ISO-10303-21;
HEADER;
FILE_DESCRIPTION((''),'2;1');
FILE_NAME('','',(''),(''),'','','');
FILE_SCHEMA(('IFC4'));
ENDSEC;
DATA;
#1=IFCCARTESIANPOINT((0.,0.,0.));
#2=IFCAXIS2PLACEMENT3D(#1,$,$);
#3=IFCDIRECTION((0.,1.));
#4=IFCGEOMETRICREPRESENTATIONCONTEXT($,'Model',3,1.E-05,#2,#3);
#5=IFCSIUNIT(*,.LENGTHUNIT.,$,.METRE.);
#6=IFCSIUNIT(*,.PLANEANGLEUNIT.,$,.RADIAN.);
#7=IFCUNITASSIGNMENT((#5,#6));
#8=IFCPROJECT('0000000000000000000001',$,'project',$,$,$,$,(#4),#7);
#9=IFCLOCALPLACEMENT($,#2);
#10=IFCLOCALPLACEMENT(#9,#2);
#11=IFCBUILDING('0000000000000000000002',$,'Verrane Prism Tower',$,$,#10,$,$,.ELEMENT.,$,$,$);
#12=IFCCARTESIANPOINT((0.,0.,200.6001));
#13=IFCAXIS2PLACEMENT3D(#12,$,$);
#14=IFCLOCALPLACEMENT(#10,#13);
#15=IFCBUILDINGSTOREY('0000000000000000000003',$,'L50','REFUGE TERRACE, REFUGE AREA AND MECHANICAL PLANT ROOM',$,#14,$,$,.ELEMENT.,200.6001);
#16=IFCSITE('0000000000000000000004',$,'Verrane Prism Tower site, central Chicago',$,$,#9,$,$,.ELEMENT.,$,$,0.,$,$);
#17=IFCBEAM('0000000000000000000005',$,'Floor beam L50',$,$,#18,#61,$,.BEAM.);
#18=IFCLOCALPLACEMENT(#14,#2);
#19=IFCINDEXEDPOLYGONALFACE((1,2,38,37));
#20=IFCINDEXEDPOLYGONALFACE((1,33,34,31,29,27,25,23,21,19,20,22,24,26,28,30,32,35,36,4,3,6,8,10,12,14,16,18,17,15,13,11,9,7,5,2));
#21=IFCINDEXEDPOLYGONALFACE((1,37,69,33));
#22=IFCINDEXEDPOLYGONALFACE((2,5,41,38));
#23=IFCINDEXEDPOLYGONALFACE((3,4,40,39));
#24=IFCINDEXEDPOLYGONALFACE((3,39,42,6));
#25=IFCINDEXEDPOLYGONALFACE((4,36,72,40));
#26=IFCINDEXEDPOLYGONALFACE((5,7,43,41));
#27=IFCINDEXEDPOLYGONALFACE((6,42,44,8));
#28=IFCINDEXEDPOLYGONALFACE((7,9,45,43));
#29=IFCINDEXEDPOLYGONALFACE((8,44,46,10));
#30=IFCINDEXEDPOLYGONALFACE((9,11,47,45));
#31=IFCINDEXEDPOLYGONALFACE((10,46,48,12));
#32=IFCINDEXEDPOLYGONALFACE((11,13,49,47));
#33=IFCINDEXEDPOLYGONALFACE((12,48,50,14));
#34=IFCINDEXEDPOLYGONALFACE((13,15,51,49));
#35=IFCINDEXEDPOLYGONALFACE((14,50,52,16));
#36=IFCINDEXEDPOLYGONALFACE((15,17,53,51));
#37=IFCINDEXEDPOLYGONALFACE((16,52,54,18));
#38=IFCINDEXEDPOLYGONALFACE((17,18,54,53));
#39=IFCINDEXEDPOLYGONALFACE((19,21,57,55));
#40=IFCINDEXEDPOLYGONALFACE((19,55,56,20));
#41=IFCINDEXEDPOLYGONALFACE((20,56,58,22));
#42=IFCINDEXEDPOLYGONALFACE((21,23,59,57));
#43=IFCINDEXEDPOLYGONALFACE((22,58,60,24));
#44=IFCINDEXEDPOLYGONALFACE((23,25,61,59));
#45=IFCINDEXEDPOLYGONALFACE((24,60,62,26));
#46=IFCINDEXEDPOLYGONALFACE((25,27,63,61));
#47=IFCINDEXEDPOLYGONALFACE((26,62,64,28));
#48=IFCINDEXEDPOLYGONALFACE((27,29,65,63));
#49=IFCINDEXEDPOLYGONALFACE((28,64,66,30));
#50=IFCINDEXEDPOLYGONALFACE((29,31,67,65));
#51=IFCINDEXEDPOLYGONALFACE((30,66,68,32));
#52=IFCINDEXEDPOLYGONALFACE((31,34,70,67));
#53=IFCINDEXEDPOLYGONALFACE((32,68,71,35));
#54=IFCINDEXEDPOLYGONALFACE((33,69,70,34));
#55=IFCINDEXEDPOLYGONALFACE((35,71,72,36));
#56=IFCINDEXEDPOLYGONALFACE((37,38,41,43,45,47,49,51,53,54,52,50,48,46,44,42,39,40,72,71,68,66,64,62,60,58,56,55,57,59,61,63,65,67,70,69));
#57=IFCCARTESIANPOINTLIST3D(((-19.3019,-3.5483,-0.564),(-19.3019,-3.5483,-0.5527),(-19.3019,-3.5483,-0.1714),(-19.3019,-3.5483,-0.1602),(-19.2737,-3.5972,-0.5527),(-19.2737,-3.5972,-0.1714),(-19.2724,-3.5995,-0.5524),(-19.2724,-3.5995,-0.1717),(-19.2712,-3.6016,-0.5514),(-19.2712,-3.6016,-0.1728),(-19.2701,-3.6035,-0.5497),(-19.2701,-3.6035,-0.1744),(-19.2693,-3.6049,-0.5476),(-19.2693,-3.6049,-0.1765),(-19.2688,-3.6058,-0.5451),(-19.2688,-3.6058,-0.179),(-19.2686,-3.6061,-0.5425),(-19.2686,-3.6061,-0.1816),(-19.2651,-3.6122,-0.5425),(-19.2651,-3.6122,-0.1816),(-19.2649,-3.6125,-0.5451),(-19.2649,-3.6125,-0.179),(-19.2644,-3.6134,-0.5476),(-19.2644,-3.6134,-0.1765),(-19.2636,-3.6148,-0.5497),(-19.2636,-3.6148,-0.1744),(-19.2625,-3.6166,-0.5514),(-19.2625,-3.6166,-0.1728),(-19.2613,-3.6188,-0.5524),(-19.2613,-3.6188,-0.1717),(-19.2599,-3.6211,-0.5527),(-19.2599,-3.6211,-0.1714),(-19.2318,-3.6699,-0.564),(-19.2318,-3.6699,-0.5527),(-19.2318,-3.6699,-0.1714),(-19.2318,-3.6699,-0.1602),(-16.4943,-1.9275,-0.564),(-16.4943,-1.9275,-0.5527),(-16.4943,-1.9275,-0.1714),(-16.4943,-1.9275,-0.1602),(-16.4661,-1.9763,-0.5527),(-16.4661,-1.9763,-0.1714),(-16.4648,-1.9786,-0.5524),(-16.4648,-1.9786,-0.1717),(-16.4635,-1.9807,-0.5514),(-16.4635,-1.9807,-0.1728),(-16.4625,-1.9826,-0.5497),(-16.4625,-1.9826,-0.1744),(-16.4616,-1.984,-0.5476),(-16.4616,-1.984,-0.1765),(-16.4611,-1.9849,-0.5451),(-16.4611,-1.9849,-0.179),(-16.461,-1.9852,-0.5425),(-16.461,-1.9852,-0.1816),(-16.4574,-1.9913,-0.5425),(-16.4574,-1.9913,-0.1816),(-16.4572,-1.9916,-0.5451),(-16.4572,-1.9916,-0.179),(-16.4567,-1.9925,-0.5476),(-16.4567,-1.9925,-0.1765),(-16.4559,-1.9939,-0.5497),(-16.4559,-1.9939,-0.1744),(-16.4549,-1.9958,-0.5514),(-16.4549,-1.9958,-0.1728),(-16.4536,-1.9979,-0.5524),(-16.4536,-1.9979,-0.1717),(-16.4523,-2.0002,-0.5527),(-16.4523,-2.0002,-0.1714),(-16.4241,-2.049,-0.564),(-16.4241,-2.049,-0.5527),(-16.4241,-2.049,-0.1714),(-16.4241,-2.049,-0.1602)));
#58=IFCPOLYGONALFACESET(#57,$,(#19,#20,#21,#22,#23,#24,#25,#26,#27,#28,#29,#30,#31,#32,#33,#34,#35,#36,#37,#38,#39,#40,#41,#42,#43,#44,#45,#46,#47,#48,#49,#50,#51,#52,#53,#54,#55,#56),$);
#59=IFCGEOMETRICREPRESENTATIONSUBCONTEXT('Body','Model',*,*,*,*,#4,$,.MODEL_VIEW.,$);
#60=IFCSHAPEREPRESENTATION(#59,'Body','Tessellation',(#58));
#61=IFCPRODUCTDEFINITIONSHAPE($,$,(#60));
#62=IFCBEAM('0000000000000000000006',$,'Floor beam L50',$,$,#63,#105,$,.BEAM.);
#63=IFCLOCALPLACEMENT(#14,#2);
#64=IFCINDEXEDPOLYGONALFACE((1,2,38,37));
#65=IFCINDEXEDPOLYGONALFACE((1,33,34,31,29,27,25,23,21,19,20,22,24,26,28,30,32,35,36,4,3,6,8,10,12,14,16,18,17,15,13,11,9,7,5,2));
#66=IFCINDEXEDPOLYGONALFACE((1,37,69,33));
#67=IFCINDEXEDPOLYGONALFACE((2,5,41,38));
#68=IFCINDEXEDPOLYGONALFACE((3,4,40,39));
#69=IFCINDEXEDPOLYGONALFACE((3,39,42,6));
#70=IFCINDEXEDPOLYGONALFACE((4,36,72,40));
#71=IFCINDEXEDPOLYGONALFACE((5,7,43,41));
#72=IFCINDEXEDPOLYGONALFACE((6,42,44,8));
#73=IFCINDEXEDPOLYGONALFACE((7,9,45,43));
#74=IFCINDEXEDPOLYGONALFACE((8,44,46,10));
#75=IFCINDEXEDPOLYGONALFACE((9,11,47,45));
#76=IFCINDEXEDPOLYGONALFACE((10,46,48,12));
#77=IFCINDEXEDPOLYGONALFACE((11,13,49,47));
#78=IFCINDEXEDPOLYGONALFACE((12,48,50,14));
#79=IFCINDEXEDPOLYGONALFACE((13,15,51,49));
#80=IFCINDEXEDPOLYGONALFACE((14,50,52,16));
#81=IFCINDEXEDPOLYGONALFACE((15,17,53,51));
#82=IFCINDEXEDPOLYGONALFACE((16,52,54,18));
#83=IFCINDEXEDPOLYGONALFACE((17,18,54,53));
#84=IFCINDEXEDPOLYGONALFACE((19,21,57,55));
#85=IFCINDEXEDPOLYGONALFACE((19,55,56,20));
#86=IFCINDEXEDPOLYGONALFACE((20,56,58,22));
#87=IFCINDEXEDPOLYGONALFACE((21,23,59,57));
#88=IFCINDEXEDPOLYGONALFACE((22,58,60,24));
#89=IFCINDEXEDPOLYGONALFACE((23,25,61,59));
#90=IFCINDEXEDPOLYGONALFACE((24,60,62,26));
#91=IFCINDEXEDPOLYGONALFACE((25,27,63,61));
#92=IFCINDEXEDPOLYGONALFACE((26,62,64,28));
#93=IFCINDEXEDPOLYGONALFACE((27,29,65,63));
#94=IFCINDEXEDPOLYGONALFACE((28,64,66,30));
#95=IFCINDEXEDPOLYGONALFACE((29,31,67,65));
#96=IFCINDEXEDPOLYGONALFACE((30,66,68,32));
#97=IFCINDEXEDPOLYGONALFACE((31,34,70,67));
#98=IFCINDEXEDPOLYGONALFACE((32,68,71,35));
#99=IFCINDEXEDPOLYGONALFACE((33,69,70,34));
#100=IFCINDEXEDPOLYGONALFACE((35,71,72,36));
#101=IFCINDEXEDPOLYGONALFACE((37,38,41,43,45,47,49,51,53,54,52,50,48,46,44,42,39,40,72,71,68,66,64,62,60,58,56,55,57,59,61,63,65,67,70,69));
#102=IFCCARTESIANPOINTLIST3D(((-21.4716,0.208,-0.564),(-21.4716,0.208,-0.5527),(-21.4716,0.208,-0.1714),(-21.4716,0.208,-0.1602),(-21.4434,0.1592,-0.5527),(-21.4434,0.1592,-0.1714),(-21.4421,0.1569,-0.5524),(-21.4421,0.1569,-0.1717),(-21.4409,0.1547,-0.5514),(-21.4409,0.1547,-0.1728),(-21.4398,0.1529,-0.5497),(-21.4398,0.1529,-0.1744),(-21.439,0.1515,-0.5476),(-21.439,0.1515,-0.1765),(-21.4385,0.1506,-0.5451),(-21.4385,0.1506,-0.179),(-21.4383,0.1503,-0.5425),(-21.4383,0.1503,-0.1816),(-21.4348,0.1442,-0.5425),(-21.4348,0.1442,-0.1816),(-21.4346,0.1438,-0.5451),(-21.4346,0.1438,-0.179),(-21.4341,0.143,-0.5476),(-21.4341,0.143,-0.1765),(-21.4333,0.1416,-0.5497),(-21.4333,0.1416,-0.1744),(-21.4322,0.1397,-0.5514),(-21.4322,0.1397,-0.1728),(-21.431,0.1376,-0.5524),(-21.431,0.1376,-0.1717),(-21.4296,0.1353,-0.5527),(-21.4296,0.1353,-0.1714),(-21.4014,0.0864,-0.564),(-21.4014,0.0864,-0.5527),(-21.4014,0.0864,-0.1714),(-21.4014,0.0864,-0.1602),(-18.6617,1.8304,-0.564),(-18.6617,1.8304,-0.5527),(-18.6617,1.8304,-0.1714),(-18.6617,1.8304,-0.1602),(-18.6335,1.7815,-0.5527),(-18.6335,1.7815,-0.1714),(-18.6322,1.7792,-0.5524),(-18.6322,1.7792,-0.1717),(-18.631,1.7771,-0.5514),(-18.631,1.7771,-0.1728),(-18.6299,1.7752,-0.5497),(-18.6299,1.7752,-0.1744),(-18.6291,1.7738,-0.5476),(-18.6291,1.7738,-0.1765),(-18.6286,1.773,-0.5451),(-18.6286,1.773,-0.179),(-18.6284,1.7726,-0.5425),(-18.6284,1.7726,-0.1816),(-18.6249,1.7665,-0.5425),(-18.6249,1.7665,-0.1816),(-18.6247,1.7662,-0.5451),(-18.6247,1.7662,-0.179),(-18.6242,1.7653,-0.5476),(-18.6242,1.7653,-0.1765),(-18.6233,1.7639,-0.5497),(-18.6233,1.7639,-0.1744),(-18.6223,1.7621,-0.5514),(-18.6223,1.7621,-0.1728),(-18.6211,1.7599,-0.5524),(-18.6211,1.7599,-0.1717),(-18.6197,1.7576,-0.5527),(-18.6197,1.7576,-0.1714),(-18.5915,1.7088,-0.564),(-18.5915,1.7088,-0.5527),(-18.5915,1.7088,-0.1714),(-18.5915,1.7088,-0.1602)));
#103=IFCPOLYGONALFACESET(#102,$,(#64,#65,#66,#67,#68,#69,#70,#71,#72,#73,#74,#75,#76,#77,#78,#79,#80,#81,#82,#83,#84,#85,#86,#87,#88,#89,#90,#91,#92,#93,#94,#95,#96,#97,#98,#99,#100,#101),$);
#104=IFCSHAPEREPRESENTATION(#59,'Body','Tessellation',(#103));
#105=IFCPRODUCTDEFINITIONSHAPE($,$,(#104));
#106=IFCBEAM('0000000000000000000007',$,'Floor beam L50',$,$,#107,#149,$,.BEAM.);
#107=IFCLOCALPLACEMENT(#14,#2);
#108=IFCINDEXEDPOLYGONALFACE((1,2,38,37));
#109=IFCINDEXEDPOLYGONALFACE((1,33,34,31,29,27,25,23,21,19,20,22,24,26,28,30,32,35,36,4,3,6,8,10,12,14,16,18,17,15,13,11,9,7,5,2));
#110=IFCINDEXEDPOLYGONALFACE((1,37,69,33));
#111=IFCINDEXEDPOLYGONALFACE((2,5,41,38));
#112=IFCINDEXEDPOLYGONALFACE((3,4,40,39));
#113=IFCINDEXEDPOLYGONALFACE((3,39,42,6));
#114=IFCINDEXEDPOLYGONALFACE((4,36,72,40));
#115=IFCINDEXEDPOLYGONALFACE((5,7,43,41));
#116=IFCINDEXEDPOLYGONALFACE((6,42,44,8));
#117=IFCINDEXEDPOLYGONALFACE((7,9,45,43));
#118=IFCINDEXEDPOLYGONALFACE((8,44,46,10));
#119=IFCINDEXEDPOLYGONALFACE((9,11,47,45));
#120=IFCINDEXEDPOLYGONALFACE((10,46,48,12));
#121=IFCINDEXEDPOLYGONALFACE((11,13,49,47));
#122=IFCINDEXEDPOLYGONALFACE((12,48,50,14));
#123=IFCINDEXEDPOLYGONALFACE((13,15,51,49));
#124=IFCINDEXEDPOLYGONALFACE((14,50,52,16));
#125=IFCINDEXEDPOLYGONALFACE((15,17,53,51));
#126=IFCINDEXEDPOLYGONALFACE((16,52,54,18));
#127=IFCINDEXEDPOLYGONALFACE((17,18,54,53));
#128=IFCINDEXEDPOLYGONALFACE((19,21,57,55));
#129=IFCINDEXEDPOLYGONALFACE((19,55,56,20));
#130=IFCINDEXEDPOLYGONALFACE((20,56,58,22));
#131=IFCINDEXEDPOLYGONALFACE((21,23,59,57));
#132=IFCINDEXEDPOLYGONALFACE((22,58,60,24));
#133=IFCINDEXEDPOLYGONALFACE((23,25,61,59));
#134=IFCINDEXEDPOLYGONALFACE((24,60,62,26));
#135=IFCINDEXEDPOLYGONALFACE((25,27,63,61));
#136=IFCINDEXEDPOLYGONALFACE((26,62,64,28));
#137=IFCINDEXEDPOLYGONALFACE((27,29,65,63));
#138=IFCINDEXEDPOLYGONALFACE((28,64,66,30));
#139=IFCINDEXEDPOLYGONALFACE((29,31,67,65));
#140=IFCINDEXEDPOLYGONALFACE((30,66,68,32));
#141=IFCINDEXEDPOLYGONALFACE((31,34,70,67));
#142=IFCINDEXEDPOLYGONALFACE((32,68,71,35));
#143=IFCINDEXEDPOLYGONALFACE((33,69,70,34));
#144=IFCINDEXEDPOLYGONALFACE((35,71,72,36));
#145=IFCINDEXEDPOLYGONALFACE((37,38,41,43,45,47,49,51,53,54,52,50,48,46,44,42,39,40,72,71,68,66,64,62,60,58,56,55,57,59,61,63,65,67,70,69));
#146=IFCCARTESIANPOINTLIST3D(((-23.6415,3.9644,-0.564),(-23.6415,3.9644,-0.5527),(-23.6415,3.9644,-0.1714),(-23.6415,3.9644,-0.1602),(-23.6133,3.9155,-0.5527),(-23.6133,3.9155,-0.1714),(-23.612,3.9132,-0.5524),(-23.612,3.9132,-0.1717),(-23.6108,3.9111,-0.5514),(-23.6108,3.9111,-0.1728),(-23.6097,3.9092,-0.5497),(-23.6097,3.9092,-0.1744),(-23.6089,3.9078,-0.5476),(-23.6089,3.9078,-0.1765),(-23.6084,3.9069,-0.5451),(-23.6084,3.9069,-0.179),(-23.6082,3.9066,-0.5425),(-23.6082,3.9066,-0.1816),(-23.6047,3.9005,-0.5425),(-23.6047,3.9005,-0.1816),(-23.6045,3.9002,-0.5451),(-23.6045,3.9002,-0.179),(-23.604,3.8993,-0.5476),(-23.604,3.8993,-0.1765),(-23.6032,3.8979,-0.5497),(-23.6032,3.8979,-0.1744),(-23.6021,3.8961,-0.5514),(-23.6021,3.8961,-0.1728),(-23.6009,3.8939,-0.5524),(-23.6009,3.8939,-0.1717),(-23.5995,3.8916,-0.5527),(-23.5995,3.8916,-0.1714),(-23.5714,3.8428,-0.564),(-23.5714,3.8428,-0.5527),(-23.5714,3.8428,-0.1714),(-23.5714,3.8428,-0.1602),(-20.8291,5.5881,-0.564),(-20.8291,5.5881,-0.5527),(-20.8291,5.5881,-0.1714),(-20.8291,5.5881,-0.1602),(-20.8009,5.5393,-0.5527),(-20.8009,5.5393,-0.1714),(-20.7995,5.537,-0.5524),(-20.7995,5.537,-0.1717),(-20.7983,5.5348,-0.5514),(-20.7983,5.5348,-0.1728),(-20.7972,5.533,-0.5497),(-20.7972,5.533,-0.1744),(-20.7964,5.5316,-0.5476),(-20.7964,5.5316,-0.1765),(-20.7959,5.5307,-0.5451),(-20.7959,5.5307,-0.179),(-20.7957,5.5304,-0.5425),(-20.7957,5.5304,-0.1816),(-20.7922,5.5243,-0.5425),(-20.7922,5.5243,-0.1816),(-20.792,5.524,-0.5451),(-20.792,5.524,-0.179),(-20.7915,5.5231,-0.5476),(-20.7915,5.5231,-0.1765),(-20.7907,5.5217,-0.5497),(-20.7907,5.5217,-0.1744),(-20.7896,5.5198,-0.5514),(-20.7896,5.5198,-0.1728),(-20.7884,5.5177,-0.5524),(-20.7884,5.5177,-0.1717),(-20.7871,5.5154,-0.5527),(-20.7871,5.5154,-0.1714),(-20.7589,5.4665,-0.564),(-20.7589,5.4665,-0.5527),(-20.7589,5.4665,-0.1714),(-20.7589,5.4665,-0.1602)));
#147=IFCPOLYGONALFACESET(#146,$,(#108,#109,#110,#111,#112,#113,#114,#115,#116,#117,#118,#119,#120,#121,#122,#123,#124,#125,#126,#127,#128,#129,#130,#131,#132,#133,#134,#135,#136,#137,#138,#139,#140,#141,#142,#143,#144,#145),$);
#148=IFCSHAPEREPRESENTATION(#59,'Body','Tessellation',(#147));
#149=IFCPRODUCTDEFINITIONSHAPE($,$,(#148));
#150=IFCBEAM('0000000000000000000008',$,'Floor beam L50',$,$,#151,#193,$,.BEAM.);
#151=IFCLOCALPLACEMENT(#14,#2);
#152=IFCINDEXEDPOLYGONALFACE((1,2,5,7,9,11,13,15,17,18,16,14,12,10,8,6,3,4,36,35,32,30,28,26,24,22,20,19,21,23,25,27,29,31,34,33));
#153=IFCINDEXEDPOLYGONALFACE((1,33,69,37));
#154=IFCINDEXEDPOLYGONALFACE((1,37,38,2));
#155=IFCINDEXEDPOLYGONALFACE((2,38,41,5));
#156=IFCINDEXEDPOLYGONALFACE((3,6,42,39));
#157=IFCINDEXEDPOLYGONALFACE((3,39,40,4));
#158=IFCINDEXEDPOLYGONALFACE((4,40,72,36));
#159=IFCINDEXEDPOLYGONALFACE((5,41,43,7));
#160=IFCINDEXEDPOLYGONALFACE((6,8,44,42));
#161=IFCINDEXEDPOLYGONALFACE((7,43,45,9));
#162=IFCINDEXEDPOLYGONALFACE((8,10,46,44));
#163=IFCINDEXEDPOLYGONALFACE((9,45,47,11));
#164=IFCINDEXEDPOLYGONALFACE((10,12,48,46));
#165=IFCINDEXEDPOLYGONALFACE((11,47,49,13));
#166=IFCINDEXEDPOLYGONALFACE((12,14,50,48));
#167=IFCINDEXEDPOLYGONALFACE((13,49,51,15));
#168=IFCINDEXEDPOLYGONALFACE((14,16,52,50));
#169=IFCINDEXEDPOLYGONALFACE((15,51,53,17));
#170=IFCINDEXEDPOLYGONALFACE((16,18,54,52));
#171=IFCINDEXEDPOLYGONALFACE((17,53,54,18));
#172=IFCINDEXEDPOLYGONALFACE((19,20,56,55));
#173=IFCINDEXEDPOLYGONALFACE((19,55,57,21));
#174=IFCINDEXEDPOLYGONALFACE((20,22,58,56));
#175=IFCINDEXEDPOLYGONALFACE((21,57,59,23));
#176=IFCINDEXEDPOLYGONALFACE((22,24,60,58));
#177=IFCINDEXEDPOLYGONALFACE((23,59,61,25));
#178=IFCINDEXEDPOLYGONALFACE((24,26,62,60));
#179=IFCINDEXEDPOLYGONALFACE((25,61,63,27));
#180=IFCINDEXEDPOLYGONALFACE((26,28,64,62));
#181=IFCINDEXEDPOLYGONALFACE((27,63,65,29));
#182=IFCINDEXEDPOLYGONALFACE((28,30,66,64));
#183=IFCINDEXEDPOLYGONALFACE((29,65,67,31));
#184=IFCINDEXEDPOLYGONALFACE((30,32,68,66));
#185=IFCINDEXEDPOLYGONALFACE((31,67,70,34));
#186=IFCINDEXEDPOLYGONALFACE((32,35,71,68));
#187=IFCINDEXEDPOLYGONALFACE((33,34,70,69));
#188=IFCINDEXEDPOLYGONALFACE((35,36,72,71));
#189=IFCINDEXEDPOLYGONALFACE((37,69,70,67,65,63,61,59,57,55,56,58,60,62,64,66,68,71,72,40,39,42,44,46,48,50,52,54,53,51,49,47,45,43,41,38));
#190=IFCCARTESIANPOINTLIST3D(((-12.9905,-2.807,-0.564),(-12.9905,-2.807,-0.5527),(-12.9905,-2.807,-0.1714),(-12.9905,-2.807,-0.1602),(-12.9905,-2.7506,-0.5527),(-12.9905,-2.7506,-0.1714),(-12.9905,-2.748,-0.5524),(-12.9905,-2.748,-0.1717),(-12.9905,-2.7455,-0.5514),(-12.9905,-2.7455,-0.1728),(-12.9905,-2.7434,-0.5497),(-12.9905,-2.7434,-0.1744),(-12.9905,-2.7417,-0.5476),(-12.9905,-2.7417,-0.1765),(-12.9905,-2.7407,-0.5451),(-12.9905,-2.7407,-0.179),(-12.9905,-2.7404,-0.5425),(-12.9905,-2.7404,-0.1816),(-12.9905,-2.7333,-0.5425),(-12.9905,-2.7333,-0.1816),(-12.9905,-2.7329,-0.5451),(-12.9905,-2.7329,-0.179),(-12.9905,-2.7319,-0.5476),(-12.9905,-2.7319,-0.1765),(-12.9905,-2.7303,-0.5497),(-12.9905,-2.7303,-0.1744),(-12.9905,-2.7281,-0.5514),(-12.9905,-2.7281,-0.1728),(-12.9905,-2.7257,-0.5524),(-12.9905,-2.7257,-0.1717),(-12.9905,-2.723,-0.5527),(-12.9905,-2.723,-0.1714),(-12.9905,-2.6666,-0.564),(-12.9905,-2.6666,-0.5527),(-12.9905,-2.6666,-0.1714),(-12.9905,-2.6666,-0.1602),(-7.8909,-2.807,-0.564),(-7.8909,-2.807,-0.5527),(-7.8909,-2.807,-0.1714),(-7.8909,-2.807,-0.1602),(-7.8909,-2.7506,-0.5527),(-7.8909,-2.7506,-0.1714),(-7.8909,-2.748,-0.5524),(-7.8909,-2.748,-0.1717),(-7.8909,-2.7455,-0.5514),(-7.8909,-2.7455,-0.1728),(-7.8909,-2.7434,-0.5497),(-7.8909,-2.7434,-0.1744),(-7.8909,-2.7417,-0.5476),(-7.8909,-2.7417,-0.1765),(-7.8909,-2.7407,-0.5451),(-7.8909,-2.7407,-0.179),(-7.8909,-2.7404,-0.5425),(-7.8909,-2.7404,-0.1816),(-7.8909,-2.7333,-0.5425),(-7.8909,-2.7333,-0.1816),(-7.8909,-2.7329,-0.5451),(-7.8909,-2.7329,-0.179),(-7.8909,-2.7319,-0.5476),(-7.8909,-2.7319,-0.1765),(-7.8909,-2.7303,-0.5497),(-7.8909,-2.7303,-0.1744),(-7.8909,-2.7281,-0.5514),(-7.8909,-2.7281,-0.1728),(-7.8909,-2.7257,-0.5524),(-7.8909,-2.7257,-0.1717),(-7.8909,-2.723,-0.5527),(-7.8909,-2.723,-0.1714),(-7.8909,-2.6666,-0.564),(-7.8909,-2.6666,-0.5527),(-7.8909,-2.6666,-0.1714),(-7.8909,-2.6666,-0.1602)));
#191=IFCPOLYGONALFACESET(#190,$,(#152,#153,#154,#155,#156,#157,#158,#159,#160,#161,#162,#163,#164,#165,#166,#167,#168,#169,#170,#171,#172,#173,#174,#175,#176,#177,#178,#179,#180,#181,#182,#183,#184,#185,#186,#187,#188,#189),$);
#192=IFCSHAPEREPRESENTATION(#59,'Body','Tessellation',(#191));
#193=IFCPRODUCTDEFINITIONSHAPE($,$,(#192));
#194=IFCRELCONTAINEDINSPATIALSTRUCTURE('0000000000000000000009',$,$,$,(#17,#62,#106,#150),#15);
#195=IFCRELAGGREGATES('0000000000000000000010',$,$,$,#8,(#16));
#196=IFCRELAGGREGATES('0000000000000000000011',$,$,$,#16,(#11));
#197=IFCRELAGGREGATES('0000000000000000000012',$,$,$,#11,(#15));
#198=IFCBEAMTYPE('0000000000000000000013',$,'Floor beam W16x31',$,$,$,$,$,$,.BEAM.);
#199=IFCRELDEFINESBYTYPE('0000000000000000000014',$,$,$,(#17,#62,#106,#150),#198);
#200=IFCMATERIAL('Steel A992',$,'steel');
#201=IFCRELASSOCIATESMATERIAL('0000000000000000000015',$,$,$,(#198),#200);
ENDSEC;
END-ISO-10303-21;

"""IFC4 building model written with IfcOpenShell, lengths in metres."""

from ifc_helpers import new_model, si_unit, direction, frame, origin, origin_2d, place, context, subcontext, project, spatial, i_section, extrude, material, material_profile, profile_set, type_object, element, save


model = new_model("IFC4")

# Units and contexts
model_context = context("Model", 3, precision=1e-05, world=origin(), true_north=direction((0.0, 1.0)))
body_context = subcontext(model_context, "Body", "Model", "MODEL_VIEW")
ifc_project = project(units=[si_unit("LENGTHUNIT", "METRE"), si_unit("PLANEANGLEUNIT", "RADIAN")], contexts=[model_context])

# Site, building, storey
site_placement = place(None, origin())
site = spatial("IfcSite", under=ifc_project, at=site_placement, Name="Verrane Prism Tower site, central Chicago", CompositionType="ELEMENT", RefElevation=0.0)
building_placement = place(site_placement, origin())
building = spatial("IfcBuilding", under=site, at=building_placement, Name="Verrane Prism Tower", CompositionType="ELEMENT")
storey_placement = place(building_placement, frame((0.0, 0.0, 200.6001)))
storey = spatial("IfcBuildingStorey", under=building, at=storey_placement, Name="L50", Description="REFUGE TERRACE, REFUGE AREA AND MECHANICAL PLANT ROOM", CompositionType="ELEMENT", Elevation=200.6001)

# Beams
ifc_material_1 = material(Name="Steel A992", Category="steel")
ifc_material_profile_1 = material_profile(ifc_material_1, i_section(OverallWidth=0.1404, OverallDepth=0.4038, WebThickness=0.0071, FlangeThickness=0.0112, FilletRadius=0.0103, at=origin_2d()), Name="W16x31")
ifc_profile_set_1 = profile_set([ifc_material_profile_1], Name="Steel A992")
beam_type_1 = type_object("IfcBeamType", Name="Floor beam W16x31", PredefinedType="BEAM", material=ifc_profile_set_1)
beam_1_placement = place(storey_placement, frame((-19.2668, -3.6091, -0.3621), z_axis=(0.866043, 0.49997, 0.0), x_axis=(-0.49997, 0.866043, 0.0)))
element("IfcBeam", 1, at=beam_1_placement, inside=storey, type_object=beam_type_1, Name="Floor beam L50", PredefinedType="BEAM", context=body_context, shape_type="SweptSolid", body=[
    extrude(i_section(OverallWidth=0.1404, OverallDepth=0.4038, WebThickness=0.0071, FlangeThickness=0.0112, FilletRadius=0.0103, at=origin_2d()), origin(), (0.0, 0.0, 1.0), 3.2419),
])
beam_2_placement = place(storey_placement, frame((-21.4365, 0.1472, -0.3621), z_axis=(0.866016, 0.500016, 0.0), x_axis=(-0.500016, 0.866016, 0.0)))
element("IfcBeam", 2, at=beam_2_placement, inside=storey, type_object=beam_type_1, Name="Floor beam L50", PredefinedType="BEAM", context=body_context, shape_type="SweptSolid", body=[
    extrude(i_section(OverallWidth=0.1404, OverallDepth=0.4038, WebThickness=0.0071, FlangeThickness=0.0112, FilletRadius=0.0103, at=origin_2d()), origin(), (0.0, 0.0, 1.0), 3.2446),
])
beam_3_placement = place(storey_placement, frame((-23.6064, 3.9036, -0.3621), z_axis=(0.866028, 0.499996, 0.0), x_axis=(-0.499996, 0.866028, 0.0)))
element("IfcBeam", 3, at=beam_3_placement, inside=storey, type_object=beam_type_1, Name="Floor beam L50", PredefinedType="BEAM", context=body_context, shape_type="SweptSolid", body=[
    extrude(i_section(OverallWidth=0.1404, OverallDepth=0.4038, WebThickness=0.0071, FlangeThickness=0.0112, FilletRadius=0.0103, at=origin_2d()), origin(), (0.0, 0.0, 1.0), 3.2476),
])
beam_4_placement = place(storey_placement, frame((-12.9905, -2.7368, -0.3621), z_axis=(1.0, 0.0, 0.0), x_axis=(0.0, 1.0, 0.0)))
element("IfcBeam", 4, at=beam_4_placement, inside=storey, type_object=beam_type_1, Name="Floor beam L50", PredefinedType="BEAM", context=body_context, shape_type="SweptSolid", body=[
    extrude(i_section(OverallWidth=0.1404, OverallDepth=0.4038, WebThickness=0.0071, FlangeThickness=0.0112, FilletRadius=0.0103, at=origin_2d()), origin(), (0.0, 0.0, 1.0), 5.0996),
])

save(model, "model.ifc")
